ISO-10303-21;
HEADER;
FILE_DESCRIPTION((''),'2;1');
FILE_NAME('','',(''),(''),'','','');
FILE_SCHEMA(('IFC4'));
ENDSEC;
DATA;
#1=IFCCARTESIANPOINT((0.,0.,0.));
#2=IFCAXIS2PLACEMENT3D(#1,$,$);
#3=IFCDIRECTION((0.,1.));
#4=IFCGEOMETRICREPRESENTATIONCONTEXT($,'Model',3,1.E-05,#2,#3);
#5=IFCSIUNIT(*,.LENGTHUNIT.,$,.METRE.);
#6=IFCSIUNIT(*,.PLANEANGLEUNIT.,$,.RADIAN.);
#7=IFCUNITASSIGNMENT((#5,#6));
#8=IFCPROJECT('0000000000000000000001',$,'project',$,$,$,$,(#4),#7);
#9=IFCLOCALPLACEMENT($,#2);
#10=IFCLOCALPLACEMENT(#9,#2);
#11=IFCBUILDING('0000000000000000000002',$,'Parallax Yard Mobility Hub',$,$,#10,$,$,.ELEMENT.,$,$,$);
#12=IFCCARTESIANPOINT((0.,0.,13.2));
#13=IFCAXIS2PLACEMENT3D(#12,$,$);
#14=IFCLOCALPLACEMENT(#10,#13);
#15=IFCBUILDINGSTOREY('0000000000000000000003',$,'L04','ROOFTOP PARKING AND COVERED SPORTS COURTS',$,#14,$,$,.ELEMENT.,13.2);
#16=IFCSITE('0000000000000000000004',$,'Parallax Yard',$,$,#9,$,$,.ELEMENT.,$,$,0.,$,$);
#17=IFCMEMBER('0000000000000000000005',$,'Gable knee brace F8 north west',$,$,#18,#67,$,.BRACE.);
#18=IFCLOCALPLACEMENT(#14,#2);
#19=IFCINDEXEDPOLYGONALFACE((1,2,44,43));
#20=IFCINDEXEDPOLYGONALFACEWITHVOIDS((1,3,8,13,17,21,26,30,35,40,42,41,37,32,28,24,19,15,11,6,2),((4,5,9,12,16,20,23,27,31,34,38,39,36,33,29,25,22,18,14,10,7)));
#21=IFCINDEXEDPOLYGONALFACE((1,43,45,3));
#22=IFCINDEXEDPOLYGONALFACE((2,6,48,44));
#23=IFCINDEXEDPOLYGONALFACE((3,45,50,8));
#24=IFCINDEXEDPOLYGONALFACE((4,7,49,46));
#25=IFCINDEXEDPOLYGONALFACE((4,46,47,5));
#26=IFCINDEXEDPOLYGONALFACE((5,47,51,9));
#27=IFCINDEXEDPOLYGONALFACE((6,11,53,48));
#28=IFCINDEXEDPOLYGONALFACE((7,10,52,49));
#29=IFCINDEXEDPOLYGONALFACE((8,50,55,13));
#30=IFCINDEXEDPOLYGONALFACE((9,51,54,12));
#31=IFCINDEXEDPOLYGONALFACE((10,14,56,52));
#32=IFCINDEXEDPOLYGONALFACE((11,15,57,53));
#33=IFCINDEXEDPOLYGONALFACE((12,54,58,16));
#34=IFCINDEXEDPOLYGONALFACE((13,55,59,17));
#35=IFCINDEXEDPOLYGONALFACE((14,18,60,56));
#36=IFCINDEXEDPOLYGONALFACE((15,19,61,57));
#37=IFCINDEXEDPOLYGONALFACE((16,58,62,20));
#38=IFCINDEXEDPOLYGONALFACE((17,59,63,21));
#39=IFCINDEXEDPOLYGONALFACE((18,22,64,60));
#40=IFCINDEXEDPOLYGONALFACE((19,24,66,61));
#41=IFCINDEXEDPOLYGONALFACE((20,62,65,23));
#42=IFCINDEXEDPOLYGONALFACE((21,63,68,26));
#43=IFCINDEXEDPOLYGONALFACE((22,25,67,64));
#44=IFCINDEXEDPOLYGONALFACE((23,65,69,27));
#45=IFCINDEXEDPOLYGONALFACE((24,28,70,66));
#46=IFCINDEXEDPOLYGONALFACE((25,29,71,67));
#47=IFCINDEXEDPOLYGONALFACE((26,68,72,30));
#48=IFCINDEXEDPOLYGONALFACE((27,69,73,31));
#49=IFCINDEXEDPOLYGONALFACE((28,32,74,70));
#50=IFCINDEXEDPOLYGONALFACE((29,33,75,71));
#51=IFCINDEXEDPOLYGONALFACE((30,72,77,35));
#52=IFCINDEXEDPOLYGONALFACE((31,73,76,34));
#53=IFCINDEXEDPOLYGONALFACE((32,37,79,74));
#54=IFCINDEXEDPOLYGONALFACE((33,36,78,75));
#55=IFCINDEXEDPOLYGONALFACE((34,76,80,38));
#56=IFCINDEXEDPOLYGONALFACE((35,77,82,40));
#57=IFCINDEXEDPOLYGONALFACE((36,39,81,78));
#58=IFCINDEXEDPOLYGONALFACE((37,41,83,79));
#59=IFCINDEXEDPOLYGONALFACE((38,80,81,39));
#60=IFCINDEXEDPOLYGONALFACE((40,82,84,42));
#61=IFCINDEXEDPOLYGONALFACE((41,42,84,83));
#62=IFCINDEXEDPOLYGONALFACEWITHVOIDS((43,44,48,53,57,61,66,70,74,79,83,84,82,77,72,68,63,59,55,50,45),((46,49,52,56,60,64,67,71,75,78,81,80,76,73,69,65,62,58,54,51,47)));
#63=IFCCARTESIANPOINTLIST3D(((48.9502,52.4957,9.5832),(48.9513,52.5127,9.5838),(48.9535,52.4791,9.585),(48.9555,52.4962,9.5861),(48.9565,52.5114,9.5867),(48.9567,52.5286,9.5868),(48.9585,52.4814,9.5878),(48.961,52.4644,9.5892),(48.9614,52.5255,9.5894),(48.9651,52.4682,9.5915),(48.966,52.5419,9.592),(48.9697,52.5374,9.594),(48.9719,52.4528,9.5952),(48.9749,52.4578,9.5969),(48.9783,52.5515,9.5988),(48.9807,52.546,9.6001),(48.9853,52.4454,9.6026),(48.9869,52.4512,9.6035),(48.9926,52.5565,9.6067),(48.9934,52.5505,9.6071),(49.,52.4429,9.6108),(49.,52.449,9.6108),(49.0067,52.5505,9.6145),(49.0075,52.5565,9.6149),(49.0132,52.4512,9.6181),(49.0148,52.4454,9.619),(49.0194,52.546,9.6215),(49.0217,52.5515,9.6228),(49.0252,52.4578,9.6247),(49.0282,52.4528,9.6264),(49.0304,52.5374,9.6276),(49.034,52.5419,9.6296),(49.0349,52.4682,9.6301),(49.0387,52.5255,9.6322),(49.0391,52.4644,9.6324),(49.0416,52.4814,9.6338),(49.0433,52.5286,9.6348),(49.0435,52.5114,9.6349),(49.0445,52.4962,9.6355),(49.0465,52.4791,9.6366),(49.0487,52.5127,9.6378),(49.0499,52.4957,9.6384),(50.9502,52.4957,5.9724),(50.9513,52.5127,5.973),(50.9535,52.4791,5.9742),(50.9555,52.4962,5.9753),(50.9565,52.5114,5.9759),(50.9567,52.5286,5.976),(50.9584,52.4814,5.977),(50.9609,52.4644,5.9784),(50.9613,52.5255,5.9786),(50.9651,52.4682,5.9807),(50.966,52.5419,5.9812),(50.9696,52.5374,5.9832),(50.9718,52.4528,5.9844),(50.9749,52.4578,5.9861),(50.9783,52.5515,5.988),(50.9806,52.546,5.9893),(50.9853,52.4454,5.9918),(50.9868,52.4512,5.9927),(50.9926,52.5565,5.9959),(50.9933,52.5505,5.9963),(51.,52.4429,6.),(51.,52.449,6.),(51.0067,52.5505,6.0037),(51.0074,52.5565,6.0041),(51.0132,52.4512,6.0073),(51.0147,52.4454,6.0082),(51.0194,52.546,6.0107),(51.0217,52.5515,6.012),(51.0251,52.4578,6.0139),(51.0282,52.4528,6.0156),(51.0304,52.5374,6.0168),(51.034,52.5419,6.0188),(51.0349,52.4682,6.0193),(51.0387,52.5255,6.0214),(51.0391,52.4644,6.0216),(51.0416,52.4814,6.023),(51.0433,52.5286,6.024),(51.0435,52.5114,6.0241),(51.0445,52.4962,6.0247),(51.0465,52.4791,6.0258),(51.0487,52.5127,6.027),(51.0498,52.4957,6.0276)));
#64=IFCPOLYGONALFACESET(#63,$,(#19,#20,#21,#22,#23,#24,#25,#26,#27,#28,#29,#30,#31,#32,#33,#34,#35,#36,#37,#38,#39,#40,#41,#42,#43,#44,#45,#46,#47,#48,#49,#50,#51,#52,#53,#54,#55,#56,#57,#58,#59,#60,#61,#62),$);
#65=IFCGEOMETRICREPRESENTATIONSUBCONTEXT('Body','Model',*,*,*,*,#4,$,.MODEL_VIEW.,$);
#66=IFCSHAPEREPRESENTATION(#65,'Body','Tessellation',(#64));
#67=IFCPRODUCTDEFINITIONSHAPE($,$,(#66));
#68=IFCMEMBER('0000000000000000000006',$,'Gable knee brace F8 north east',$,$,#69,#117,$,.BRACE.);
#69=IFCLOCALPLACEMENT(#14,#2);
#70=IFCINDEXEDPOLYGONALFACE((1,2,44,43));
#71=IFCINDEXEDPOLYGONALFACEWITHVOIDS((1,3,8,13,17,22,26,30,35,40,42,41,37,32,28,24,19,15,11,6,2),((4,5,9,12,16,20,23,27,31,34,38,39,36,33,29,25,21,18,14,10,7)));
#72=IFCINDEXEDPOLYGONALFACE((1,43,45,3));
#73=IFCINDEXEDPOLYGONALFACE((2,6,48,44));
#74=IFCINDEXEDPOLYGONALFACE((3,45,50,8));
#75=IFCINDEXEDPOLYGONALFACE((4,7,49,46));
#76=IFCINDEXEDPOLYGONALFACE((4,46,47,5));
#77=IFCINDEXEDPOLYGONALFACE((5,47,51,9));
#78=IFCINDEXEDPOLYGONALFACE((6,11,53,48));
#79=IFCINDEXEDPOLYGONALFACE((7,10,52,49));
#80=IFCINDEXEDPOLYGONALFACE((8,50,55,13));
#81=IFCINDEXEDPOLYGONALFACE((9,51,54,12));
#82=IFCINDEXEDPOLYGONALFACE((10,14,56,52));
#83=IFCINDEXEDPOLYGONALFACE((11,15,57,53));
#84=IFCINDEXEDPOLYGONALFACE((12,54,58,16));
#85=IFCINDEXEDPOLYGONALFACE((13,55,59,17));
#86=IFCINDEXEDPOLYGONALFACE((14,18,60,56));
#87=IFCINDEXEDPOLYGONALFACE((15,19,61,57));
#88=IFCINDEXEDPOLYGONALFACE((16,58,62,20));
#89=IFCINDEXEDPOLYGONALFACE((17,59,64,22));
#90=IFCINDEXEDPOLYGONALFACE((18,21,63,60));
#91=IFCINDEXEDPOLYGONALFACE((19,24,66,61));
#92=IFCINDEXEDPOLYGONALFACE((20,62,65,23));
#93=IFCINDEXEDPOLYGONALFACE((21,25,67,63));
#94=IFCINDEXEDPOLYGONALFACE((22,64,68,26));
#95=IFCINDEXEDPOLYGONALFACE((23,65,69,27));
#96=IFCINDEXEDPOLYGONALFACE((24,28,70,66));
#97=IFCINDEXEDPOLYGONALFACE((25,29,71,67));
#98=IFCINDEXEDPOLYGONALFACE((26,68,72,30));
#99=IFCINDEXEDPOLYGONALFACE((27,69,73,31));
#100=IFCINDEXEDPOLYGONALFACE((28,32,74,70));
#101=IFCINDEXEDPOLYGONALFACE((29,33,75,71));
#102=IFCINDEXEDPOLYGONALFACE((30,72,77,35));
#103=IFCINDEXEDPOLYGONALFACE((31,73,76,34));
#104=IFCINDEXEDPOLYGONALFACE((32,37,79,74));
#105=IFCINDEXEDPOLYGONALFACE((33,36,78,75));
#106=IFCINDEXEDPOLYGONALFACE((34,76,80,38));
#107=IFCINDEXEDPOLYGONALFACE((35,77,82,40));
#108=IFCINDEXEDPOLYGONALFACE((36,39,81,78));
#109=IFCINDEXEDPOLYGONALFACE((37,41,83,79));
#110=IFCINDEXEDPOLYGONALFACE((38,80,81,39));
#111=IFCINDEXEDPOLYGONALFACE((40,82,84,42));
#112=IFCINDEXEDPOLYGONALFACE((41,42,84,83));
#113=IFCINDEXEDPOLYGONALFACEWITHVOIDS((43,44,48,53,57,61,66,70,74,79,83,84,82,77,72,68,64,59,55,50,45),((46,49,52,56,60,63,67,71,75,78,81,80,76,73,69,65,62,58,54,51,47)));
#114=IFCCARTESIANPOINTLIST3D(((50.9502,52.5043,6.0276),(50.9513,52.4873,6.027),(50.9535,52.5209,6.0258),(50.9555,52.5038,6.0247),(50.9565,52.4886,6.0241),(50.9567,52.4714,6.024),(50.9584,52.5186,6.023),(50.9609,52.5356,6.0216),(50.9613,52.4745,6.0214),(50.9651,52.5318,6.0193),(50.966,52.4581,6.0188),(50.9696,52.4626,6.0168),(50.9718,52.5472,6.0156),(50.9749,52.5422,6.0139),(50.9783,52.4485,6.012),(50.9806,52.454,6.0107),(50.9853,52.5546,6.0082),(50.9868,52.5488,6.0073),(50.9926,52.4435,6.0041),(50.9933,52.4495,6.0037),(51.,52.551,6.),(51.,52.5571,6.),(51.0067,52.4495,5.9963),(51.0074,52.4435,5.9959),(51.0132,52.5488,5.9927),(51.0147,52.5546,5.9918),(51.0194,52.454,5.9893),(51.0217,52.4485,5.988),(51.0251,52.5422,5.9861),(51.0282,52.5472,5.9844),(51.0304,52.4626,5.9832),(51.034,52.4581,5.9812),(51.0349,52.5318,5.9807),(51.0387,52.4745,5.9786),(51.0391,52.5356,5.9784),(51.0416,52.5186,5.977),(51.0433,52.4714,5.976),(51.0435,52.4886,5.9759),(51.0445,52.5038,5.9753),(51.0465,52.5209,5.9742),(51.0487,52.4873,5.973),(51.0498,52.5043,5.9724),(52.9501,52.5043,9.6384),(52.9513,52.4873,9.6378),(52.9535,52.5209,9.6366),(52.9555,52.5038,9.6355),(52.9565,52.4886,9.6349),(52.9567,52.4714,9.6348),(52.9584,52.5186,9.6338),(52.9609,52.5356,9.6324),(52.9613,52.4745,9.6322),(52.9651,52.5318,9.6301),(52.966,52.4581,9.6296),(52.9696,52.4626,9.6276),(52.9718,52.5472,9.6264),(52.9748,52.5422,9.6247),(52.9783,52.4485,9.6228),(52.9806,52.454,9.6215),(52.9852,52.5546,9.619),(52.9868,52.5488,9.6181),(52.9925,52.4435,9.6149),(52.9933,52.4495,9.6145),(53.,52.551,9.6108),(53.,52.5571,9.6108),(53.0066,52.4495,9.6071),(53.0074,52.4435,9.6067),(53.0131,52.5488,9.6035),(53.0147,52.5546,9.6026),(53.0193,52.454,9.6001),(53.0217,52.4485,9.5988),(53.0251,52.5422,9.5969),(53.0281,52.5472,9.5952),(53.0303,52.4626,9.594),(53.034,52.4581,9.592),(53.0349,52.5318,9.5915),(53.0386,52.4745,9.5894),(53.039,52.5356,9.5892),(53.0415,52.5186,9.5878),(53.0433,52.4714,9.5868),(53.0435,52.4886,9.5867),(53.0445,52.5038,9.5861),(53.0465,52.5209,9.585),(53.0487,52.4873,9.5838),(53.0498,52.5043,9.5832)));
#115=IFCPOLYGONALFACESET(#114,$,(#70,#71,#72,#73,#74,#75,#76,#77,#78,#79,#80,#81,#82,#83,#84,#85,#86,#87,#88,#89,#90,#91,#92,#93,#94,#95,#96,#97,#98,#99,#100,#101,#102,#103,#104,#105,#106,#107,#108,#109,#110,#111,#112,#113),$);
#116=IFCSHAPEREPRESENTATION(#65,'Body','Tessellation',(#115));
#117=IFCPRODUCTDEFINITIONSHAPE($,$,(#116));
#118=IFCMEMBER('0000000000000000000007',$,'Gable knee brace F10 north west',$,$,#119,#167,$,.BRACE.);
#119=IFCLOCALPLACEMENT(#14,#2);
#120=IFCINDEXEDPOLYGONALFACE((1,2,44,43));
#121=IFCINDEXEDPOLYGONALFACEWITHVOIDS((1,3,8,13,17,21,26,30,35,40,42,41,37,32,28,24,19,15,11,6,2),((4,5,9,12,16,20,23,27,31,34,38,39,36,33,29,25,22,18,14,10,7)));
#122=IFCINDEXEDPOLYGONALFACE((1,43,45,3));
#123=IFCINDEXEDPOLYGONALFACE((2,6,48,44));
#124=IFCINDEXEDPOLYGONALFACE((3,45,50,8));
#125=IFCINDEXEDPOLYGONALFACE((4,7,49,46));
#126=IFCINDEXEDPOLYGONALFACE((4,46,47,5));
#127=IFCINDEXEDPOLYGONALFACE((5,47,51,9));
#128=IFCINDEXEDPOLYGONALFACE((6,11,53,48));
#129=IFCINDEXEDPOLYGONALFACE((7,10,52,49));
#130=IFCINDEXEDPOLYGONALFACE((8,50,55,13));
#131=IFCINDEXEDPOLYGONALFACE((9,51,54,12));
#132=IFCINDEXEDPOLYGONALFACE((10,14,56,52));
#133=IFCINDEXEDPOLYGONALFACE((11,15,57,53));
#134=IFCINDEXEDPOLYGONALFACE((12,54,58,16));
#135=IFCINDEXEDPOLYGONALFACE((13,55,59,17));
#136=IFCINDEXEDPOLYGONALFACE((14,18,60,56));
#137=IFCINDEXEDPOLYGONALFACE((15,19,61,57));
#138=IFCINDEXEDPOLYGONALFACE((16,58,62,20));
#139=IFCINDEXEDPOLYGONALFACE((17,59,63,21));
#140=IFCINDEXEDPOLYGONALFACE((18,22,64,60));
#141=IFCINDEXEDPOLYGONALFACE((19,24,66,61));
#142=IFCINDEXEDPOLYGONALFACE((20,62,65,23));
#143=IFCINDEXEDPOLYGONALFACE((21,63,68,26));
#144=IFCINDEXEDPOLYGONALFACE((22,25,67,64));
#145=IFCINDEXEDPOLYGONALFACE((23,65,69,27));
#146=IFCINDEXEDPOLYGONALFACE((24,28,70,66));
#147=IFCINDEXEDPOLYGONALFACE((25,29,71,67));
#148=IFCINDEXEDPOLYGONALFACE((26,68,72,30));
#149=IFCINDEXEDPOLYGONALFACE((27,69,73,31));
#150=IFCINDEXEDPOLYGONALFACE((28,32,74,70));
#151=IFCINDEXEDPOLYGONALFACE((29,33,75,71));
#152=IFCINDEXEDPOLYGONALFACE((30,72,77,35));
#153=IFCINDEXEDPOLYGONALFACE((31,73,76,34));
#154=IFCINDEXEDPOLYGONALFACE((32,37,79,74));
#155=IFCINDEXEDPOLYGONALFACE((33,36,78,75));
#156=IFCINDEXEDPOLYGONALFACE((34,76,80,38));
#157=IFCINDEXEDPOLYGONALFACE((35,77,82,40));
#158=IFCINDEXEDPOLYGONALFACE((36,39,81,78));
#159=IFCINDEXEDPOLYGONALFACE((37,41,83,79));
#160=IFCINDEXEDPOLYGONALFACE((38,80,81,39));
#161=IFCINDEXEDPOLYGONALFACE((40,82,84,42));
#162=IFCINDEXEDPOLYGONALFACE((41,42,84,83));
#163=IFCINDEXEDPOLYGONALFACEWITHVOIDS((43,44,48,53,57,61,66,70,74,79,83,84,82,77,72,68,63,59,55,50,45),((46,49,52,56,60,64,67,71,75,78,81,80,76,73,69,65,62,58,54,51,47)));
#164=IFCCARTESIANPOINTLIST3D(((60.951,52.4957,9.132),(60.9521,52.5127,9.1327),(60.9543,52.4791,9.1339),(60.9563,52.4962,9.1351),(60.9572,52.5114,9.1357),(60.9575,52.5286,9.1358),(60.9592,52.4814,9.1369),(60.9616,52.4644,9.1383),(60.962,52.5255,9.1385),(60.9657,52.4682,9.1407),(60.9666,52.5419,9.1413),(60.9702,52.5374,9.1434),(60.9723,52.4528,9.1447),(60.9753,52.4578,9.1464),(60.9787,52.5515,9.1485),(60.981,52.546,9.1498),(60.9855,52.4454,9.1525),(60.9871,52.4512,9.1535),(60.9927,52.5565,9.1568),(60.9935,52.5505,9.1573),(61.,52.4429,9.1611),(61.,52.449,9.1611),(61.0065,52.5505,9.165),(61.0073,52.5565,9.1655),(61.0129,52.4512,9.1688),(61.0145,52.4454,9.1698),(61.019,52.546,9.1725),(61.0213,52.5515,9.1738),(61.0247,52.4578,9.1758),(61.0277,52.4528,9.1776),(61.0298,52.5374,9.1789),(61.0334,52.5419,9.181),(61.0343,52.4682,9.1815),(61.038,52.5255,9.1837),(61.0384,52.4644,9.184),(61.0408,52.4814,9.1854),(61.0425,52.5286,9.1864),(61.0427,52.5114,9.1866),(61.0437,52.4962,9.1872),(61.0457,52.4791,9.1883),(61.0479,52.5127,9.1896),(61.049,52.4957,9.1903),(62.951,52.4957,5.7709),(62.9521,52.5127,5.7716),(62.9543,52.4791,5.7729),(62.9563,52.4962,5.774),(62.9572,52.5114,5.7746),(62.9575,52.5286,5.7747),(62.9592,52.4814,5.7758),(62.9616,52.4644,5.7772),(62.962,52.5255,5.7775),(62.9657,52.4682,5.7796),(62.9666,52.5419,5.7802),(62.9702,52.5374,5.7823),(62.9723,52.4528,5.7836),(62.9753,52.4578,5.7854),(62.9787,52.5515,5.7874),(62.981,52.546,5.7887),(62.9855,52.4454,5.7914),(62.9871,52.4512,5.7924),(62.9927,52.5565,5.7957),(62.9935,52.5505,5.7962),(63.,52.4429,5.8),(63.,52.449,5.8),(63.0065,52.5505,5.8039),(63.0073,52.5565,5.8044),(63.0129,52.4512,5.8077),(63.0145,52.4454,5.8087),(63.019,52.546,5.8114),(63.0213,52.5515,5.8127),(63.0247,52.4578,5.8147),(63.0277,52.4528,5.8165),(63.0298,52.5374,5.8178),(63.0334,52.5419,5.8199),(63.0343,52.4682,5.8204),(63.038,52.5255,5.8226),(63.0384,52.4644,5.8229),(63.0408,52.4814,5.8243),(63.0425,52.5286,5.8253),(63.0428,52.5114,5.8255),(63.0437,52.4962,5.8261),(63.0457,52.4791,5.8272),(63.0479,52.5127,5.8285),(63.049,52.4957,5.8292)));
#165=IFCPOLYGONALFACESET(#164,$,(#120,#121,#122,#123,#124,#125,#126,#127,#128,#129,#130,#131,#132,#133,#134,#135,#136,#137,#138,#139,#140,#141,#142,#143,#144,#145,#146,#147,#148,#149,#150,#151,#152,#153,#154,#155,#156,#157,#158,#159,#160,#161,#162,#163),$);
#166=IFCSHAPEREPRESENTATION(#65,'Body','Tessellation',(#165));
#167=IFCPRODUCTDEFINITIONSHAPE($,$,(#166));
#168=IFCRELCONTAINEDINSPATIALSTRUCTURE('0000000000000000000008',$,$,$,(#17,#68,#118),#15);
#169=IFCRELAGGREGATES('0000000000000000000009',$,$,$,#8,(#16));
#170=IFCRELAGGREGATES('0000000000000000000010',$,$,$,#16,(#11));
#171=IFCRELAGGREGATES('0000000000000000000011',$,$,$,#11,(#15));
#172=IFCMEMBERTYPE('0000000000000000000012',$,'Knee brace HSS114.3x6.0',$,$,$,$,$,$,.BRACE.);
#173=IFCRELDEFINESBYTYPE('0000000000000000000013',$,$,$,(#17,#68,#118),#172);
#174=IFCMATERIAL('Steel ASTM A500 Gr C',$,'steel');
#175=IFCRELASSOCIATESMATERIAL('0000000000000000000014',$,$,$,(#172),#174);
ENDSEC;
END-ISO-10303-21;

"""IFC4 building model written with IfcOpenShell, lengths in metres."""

from ifc_helpers import new_model, si_unit, direction, frame, origin, origin_2d, place, context, subcontext, project, spatial, hollow_circle, extrude, material, material_profile, profile_set, type_object, element, save


model = new_model("IFC4")

# Units and contexts
model_context = context("Model", 3, precision=1e-05, world=origin(), true_north=direction((0.0, 1.0)))
body_context = subcontext(model_context, "Body", "Model", "MODEL_VIEW")
ifc_project = project(units=[si_unit("LENGTHUNIT", "METRE"), si_unit("PLANEANGLEUNIT", "RADIAN")], contexts=[model_context])

# Site, building, storey
site_placement = place(None, origin())
site = spatial("IfcSite", under=ifc_project, at=site_placement, Name="Parallax Yard", CompositionType="ELEMENT", RefElevation=0.0)
building_placement = place(site_placement, origin())
building = spatial("IfcBuilding", under=site, at=building_placement, Name="Parallax Yard Mobility Hub", CompositionType="ELEMENT")
storey_placement = place(building_placement, frame((0.0, 0.0, 13.2)))
storey = spatial("IfcBuildingStorey", under=building, at=storey_placement, Name="L04", Description="ROOFTOP PARKING AND COVERED SPORTS COURTS", CompositionType="ELEMENT", Elevation=13.2)

# Members
ifc_material_1 = material(Name="Steel ASTM A500 Gr C", Category="steel")
ifc_material_profile_1 = material_profile(ifc_material_1, hollow_circle(Radius=0.0571, WallThickness=0.0061, at=origin_2d()), Name="HSS114.3x6.0")
ifc_profile_set_1 = profile_set([ifc_material_profile_1], Name="Steel ASTM A500 Gr C")
member_type_1 = type_object("IfcMemberType", Name="Knee brace HSS114.3x6.0", PredefinedType="BRACE", material=ifc_profile_set_1)
for number, where, z_axis, x_axis, name in (
    (1, (51.0, 52.5, 6.0), (-0.484528, 0.0, 0.874776), (0.0, -1.0, 0.0), "Gable knee brace F8 north west"),
    (2, (51.0, 52.5, 6.0), (0.484528, 0.0, 0.874776), (0.0, 1.0, 0.0), "Gable knee brace F8 north east"),
):
    element("IfcMember", number, at=place(storey_placement, frame(where, z_axis=z_axis, x_axis=x_axis)), inside=storey, type_object=member_type_1, Name=name, PredefinedType="BRACE", context=body_context, shape_type="SweptSolid", body=[
        extrude(hollow_circle(Radius=0.0571, WallThickness=0.0061, at=origin_2d()), origin(), (0.0, 0.0, 1.0), 4.1277),
    ])
for number, where, z_axis, x_axis, name in (
    (3, (63.0, 52.5, 5.8), (-0.511362, 0.0, 0.859365), (0.0, -1.0, 0.0), "Gable knee brace F10 north west"),
):
    element("IfcMember", number, at=place(storey_placement, frame(where, z_axis=z_axis, x_axis=x_axis)), inside=storey, type_object=member_type_1, Name=name, PredefinedType="BRACE", context=body_context, shape_type="SweptSolid", body=[
        extrude(hollow_circle(Radius=0.0571, WallThickness=0.0061, at=origin_2d()), origin(), (0.0, 0.0, 1.0), 3.9111),
    ])

save(model, "model.ifc")
